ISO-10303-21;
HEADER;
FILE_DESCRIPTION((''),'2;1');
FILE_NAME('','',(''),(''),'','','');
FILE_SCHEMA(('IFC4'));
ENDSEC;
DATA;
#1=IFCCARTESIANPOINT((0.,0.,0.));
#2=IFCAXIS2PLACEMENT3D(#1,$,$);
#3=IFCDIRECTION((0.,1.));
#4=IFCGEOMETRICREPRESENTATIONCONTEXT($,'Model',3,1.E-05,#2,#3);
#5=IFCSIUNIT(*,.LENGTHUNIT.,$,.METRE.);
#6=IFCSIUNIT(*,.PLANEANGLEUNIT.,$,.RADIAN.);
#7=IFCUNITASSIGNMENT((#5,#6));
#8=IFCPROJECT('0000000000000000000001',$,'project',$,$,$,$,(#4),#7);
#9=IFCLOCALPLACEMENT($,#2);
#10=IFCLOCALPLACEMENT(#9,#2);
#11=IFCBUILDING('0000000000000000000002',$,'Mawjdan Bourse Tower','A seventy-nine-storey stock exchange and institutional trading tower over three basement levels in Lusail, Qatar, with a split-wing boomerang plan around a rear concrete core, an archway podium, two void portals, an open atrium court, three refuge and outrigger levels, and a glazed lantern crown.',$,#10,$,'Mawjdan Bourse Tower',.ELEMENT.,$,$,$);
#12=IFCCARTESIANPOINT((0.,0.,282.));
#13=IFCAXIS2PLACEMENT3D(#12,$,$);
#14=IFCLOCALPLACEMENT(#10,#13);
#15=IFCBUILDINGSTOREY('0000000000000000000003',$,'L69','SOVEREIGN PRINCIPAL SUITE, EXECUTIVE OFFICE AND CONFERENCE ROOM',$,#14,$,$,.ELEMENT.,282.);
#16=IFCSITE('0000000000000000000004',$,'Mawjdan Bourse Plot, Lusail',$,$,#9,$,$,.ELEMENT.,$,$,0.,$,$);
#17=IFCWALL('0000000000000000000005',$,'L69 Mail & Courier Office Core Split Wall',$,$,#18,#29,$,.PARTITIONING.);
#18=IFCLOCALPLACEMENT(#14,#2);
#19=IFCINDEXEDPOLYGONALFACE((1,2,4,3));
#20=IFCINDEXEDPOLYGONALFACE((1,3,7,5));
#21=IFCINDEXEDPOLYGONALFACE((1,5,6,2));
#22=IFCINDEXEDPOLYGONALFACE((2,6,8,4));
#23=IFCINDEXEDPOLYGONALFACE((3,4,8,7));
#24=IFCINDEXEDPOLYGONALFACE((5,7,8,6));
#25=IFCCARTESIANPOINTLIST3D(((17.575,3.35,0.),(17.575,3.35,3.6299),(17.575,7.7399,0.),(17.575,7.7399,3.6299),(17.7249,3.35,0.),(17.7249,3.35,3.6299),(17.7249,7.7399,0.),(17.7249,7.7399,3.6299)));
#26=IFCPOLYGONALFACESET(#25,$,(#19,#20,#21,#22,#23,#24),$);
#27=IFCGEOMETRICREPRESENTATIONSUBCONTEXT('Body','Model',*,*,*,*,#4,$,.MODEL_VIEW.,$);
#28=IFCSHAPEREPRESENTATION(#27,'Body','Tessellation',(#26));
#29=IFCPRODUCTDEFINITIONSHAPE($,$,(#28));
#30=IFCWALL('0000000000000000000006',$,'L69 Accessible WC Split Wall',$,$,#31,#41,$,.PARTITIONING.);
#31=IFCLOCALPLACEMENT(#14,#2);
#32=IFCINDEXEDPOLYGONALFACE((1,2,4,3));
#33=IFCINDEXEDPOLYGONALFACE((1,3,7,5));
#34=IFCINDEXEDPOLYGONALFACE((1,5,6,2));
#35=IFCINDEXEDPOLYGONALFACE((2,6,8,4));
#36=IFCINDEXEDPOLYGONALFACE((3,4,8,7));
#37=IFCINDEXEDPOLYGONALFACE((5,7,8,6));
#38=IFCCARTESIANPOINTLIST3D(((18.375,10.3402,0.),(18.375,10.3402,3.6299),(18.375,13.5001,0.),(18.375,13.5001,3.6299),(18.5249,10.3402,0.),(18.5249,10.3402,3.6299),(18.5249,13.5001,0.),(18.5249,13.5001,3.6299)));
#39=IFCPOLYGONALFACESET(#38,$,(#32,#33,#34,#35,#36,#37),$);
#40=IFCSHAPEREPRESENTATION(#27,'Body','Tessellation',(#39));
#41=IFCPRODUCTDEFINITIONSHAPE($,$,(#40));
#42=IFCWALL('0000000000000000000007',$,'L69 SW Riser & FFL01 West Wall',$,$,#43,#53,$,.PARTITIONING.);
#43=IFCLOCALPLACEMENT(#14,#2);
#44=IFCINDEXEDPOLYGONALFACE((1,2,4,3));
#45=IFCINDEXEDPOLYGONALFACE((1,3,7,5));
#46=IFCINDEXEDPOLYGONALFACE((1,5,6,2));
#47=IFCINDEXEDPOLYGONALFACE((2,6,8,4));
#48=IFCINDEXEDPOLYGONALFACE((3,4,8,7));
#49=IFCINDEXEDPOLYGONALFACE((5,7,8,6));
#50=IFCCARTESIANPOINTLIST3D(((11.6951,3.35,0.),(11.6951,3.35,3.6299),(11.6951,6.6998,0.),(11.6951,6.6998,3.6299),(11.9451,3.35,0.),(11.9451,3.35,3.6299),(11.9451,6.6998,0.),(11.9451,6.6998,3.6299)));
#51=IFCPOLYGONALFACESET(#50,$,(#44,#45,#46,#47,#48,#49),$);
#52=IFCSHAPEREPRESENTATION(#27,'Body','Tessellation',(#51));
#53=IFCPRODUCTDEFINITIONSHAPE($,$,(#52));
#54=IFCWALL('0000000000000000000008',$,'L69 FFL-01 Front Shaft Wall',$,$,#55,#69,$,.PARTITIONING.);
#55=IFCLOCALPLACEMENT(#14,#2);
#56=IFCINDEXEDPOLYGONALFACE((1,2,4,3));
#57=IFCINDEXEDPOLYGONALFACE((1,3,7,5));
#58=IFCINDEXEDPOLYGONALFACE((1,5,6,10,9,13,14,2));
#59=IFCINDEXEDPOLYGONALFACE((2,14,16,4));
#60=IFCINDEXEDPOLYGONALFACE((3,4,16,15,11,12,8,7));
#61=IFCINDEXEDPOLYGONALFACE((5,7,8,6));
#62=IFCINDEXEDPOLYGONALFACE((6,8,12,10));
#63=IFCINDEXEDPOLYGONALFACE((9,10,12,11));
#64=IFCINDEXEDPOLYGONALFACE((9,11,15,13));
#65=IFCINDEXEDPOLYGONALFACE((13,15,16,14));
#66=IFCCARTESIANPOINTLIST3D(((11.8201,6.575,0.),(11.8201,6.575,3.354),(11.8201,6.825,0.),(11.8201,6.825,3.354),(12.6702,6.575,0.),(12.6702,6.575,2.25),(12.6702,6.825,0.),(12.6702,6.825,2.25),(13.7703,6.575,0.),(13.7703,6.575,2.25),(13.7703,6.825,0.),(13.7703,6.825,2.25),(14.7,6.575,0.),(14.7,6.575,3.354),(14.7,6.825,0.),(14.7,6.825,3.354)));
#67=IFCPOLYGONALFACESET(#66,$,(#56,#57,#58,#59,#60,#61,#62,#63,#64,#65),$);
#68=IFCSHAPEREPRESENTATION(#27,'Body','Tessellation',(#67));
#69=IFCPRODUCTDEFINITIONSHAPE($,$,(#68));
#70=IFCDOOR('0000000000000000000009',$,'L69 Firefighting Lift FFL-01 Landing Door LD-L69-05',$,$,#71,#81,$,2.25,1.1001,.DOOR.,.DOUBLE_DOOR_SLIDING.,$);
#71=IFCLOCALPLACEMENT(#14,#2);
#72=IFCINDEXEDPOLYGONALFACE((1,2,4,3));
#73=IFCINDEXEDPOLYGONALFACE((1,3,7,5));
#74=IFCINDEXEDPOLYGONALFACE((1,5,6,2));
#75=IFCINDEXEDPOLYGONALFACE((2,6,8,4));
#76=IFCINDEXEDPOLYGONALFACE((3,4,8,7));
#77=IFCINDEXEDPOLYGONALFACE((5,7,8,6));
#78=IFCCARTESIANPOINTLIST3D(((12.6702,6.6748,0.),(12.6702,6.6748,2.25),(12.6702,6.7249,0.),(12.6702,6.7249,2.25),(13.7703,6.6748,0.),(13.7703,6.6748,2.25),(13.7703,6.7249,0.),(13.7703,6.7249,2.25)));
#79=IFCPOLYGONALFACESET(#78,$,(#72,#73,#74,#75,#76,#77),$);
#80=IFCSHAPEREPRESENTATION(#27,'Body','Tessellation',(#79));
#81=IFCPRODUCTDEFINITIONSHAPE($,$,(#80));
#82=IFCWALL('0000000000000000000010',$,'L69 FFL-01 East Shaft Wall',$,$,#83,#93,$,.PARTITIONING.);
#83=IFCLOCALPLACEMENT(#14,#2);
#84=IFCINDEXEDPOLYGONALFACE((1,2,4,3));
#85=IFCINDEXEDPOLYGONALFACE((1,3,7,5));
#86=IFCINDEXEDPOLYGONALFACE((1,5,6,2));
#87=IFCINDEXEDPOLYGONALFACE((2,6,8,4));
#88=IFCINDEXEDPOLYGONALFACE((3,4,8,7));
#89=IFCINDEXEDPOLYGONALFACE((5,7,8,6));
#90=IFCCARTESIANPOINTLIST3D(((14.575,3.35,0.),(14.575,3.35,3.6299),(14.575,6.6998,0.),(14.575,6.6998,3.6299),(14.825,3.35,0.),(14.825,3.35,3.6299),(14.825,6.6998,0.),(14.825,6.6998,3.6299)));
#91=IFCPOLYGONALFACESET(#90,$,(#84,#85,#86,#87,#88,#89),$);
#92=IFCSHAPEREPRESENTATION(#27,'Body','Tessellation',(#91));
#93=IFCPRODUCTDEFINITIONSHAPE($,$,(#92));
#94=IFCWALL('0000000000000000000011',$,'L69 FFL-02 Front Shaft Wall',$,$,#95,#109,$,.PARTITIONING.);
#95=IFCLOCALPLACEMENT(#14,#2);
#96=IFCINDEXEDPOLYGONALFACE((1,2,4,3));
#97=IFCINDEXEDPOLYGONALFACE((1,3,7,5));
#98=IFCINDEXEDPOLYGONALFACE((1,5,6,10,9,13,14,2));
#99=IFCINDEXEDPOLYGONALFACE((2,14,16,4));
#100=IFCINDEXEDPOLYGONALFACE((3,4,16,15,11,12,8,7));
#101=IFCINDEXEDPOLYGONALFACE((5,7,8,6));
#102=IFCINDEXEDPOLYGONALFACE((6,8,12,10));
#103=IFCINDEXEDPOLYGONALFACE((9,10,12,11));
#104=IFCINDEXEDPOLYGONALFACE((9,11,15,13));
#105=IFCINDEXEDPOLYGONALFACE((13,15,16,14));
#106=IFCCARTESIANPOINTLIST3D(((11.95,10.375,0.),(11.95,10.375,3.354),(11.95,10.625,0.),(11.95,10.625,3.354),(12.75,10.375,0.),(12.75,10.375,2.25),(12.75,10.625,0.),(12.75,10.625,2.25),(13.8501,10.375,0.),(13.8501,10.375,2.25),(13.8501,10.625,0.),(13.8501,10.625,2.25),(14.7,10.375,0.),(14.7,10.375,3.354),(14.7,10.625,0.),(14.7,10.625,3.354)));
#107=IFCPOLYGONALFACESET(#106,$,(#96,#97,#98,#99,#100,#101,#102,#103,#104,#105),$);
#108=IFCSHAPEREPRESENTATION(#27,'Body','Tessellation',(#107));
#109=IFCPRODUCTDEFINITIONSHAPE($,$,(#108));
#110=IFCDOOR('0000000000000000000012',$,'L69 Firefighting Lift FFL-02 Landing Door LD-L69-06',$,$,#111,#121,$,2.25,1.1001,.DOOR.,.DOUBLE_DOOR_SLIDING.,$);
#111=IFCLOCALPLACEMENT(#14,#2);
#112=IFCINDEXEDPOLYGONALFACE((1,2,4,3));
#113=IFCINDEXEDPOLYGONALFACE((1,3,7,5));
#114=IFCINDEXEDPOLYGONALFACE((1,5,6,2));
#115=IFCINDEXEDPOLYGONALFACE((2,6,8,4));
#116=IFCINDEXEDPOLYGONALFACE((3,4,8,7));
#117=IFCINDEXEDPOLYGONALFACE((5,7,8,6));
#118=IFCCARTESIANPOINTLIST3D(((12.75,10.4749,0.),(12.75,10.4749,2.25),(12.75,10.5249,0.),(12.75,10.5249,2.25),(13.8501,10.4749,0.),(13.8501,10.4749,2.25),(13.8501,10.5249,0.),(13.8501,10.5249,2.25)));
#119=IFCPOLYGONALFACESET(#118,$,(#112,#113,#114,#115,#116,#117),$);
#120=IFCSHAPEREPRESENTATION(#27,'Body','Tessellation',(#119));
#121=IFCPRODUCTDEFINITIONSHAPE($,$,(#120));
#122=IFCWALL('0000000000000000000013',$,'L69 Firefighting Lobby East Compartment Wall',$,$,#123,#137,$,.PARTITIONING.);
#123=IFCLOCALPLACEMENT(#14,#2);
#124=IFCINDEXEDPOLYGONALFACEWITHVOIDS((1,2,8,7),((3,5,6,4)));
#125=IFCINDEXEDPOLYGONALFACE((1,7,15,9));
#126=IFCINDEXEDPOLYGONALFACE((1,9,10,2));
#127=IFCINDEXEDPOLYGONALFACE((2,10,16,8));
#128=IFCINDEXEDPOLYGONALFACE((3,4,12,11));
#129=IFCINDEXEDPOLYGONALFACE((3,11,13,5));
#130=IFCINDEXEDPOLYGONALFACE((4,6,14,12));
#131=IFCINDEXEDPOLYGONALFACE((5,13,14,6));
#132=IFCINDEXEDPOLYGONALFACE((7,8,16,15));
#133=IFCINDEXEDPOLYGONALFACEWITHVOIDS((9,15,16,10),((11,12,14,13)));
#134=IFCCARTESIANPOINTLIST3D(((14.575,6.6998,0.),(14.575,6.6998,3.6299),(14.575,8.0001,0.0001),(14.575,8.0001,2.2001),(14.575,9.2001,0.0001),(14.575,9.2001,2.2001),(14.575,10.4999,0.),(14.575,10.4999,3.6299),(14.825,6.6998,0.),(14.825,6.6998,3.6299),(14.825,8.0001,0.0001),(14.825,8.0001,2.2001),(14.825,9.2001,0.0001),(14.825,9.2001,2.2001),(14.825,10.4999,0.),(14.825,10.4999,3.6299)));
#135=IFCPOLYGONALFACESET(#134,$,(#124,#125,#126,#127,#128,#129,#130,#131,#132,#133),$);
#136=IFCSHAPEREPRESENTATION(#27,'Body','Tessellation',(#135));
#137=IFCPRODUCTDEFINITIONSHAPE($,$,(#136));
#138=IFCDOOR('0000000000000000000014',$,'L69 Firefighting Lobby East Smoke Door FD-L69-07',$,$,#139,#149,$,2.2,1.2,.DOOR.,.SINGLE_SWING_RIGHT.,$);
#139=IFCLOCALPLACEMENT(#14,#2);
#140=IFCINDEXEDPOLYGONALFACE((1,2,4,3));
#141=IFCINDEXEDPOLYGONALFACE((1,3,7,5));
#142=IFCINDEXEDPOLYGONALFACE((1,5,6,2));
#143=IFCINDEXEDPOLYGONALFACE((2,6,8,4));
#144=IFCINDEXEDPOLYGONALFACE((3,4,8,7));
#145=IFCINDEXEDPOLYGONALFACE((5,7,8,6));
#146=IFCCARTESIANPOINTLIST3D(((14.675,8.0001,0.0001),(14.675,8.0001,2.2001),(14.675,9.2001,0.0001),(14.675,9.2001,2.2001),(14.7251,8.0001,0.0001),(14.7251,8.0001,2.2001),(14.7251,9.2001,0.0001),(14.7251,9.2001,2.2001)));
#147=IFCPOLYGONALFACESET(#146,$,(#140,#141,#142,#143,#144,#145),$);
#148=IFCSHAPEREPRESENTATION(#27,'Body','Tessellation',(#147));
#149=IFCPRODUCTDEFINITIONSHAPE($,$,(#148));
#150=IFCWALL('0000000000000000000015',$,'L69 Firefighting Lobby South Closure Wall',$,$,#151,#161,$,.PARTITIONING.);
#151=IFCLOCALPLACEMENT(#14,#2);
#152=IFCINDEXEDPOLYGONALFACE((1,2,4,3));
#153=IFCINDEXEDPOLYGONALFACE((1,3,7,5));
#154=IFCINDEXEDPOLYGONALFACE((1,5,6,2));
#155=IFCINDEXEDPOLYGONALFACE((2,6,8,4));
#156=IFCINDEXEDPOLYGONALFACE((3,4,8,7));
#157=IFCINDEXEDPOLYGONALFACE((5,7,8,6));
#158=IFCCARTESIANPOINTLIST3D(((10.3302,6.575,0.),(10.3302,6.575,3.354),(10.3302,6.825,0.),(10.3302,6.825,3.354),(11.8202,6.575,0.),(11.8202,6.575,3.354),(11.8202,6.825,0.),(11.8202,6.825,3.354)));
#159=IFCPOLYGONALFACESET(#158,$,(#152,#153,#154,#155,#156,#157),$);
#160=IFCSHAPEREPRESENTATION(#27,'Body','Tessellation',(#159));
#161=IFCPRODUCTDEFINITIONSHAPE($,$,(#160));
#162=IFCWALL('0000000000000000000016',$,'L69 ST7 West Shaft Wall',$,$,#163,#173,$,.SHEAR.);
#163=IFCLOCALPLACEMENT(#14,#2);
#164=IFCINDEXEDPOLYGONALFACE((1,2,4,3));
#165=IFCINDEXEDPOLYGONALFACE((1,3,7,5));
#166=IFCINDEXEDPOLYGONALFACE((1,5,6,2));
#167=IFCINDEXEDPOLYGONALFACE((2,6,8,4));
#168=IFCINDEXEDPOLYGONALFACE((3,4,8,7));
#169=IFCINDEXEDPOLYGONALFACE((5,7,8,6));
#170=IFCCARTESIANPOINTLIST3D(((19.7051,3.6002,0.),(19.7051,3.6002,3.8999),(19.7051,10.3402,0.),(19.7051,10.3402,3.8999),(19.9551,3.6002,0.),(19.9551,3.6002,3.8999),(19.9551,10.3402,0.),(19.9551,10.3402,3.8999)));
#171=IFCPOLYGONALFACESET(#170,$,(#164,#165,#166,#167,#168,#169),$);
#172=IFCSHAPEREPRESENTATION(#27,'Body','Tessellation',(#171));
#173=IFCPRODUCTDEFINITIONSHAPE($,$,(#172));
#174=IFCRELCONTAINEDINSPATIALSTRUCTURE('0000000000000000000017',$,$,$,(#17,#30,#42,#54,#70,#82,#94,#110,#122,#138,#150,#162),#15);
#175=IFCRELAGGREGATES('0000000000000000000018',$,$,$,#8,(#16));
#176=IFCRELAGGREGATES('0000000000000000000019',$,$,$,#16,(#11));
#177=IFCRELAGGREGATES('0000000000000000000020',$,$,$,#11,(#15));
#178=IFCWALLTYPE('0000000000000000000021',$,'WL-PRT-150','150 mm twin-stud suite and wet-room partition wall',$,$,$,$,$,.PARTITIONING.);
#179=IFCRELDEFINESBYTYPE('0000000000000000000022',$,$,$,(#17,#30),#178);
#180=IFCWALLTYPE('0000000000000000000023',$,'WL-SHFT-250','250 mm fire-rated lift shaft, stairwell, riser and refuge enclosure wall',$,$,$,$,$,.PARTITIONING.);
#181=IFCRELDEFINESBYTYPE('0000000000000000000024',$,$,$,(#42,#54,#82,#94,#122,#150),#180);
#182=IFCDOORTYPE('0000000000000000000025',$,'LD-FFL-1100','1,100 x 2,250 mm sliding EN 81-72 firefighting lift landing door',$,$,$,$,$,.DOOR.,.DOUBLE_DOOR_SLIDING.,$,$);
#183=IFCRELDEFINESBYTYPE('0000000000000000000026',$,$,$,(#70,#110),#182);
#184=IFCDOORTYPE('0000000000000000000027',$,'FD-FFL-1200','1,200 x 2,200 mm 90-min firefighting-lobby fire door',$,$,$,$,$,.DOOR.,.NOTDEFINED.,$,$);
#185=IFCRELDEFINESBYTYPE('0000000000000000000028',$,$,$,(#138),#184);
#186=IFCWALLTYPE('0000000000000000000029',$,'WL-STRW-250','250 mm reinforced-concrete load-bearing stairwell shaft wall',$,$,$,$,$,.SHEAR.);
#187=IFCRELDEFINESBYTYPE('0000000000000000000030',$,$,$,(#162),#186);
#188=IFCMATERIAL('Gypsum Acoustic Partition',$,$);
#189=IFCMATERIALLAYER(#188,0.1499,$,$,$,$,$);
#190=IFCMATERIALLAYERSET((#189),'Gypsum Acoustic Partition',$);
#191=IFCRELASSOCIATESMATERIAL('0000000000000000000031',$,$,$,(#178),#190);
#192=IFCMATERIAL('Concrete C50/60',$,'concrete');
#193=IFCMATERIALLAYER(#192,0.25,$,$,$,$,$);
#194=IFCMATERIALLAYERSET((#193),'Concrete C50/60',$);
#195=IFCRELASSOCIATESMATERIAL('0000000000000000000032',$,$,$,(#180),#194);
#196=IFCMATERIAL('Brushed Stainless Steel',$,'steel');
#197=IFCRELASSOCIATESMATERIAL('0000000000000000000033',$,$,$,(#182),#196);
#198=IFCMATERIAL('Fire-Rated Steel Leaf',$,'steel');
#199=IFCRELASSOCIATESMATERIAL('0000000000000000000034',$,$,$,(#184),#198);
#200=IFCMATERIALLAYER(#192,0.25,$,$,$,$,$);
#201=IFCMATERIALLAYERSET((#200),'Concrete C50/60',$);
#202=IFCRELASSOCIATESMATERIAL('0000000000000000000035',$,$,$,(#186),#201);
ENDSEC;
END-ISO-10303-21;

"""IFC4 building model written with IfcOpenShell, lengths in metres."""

from ifc_helpers import new_model, si_unit, direction, frame, frame_2d, origin, place, context, subcontext, project, spatial, rectangle, extrude, material, layer, layer_set, type_object, element, fill, save


model = new_model("IFC4")

# Units and contexts
model_context = context("Model", 3, precision=1e-05, world=origin(), true_north=direction((0.0, 1.0)))
body_context = subcontext(model_context, "Body", "Model", "MODEL_VIEW")
ifc_project = project(units=[si_unit("LENGTHUNIT", "METRE"), si_unit("PLANEANGLEUNIT", "RADIAN")], contexts=[model_context])

# Site, building, storey
site_placement = place(None, origin())
site = spatial("IfcSite", under=ifc_project, at=site_placement, Name="Mawjdan Bourse Plot, Lusail", CompositionType="ELEMENT", RefElevation=0.0)
building_placement = place(site_placement, origin())
building = spatial("IfcBuilding", under=site, at=building_placement, Name="Mawjdan Bourse Tower", Description="A seventy-nine-storey stock exchange and institutional trading tower over three basement levels in Lusail, Qatar, with a split-wing boomerang plan around a rear concrete core, an archway podium, two void portals, an open atrium court, three refuge and outrigger levels, and a glazed lantern crown.", LongName="Mawjdan Bourse Tower", CompositionType="ELEMENT")
storey_placement = place(building_placement, frame((0.0, 0.0, 282.0)))
storey = spatial("IfcBuildingStorey", under=building, at=storey_placement, Name="L69", Description="SOVEREIGN PRINCIPAL SUITE, EXECUTIVE OFFICE AND CONFERENCE ROOM", CompositionType="ELEMENT", Elevation=282.0)

# Walls
ifc_material_1 = material(Name="Gypsum Acoustic Partition")
ifc_layer_1 = layer(ifc_material_1, 0.1499)
ifc_layer_set_1 = layer_set([ifc_layer_1], Name="Gypsum Acoustic Partition")
wall_type_1 = type_object("IfcWallType", Name="WL-PRT-150", Description="150 mm twin-stud suite and wet-room partition wall", PredefinedType="PARTITIONING", material=ifc_layer_set_1)
wall_1_placement = place(storey_placement, frame((17.6499, 3.3501, 0.0), z_axis=(0.0, 0.0, 1.0), x_axis=(0.0, 1.0, 0.0)))
element("IfcWall", 1, at=wall_1_placement, inside=storey, type_object=wall_type_1, Name="L69 Mail & Courier Office Core Split Wall", PredefinedType="PARTITIONING", context=body_context, shape_type="SweptSolid", body=[
    extrude(rectangle(XDim=4.3899, YDim=0.1499, at=frame_2d((2.1948, 0.0))), origin(), (0.0, 0.0, 1.0), 3.6299),
])
wall_2_placement = place(storey_placement, frame((18.45, 10.3401, 0.0), z_axis=(0.0, 0.0, 1.0), x_axis=(0.0, 1.0, 0.0)))
element("IfcWall", 2, at=wall_2_placement, inside=storey, type_object=wall_type_1, Name="L69 Accessible WC Split Wall", PredefinedType="PARTITIONING", context=body_context, shape_type="SweptSolid", body=[
    extrude(rectangle(XDim=3.1599, YDim=0.1499, at=frame_2d((1.5801, 0.0))), origin(), (0.0, 0.0, 1.0), 3.6299),
])
ifc_material_2 = material(Name="Concrete C50/60", Category="concrete")
ifc_layer_2 = layer(ifc_material_2, 0.25)
ifc_layer_set_2 = layer_set([ifc_layer_2], Name="Concrete C50/60")
wall_type_2 = type_object("IfcWallType", Name="WL-SHFT-250", Description="250 mm fire-rated lift shaft, stairwell, riser and refuge enclosure wall", PredefinedType="PARTITIONING", material=ifc_layer_set_2)
wall_3_placement = place(storey_placement, frame((11.8201, 3.3501, 0.0), z_axis=(0.0, 0.0, 1.0), x_axis=(0.0, 1.0, 0.0)))
element("IfcWall", 3, at=wall_3_placement, inside=storey, type_object=wall_type_2, Name="L69 SW Riser & FFL01 West Wall", PredefinedType="PARTITIONING", context=body_context, shape_type="SweptSolid", body=[
    extrude(rectangle(XDim=3.3499, YDim=0.25, at=frame_2d((1.6748, 0.0))), origin(), (0.0, 0.0, 1.0), 3.6299),
])

# Wall, opening, door
wall_4_placement = place(storey_placement, frame((11.8201, 6.7, 0.0), z_axis=(0.0, 0.0, 1.0), x_axis=(1.0, 0.0, 0.0)))
wall_4 = element("IfcWall", 4, at=wall_4_placement, inside=storey, type_object=wall_type_2, Name="L69 FFL-01 Front Shaft Wall", PredefinedType="PARTITIONING", context=body_context, shape_type="SweptSolid", body=[
    extrude(rectangle(XDim=2.8799, YDim=0.25, at=frame_2d((1.4399, 0.0))), origin(), (0.0, 0.0, 1.0), 3.354),
])
opening_1_placement = place(wall_4_placement, frame((0.8501, 0.0, 0.0)))
opening_1 = element("IfcOpeningElement", 5, at=opening_1_placement, cuts=wall_4, PredefinedType="OPENING", context=body_context, shape_type="SweptSolid", body=[
    extrude(rectangle(XDim=1.1001, YDim=2.25, at=frame_2d((0.55, 1.125))), frame((0.0, 0.135, 0.0), z_axis=(0.0, -1.0, 0.0), x_axis=(1.0, 0.0, 0.0)), (0.0, 0.0, 1.0), 0.27),
])
ifc_material_3 = material(Name="Brushed Stainless Steel", Category="steel")
door_type_1 = type_object("IfcDoorType", Name="LD-FFL-1100", Description="1,100 x 2,250 mm sliding EN 81-72 firefighting lift landing door", OperationType="DOUBLE_DOOR_SLIDING", PredefinedType="DOOR", material=ifc_material_3)
door_1_placement = place(opening_1_placement, origin())
door_1 = element("IfcDoor", 6, at=door_1_placement, inside=storey, type_object=door_type_1, Name="L69 Firefighting Lift FFL-01 Landing Door LD-L69-05", OperationType="DOUBLE_DOOR_SLIDING", OverallHeight=2.25, OverallWidth=1.1001, PredefinedType="DOOR", context=body_context, shape_type="SweptSolid", body=[
    extrude(rectangle(XDim=1.1001, YDim=2.25, at=frame_2d((0.55, 1.125))), frame((0.0, 0.0249, 0.0), z_axis=(0.0, -1.0, 0.0), x_axis=(1.0, 0.0, 0.0)), (0.0, 0.0, 1.0), 0.05),
])
fill(opening_1, door_1)

# Wall
wall_5_placement = place(storey_placement, frame((14.7, 3.3501, 0.0), z_axis=(0.0, 0.0, 1.0), x_axis=(0.0, 1.0, 0.0)))
element("IfcWall", 7, at=wall_5_placement, inside=storey, type_object=wall_type_2, Name="L69 FFL-01 East Shaft Wall", PredefinedType="PARTITIONING", context=body_context, shape_type="SweptSolid", body=[
    extrude(rectangle(XDim=3.3499, YDim=0.25, at=frame_2d((1.6748, 0.0))), origin(), (0.0, 0.0, 1.0), 3.6299),
])

# Walls, openings, doors
wall_6_placement = place(storey_placement, frame((11.95, 10.5, 0.0), z_axis=(0.0, 0.0, 1.0), x_axis=(1.0, 0.0, 0.0)))
wall_6 = element("IfcWall", 8, at=wall_6_placement, inside=storey, type_object=wall_type_2, Name="L69 FFL-02 Front Shaft Wall", PredefinedType="PARTITIONING", context=body_context, shape_type="SweptSolid", body=[
    extrude(rectangle(XDim=2.75, YDim=0.25, at=frame_2d((1.375, 0.0))), origin(), (0.0, 0.0, 1.0), 3.354),
])
opening_2_placement = place(wall_6_placement, frame((0.8, 0.0, 0.0)))
opening_2 = element("IfcOpeningElement", 9, at=opening_2_placement, cuts=wall_6, PredefinedType="OPENING", context=body_context, shape_type="SweptSolid", body=[
    extrude(rectangle(XDim=1.1001, YDim=2.25, at=frame_2d((0.55, 1.125))), frame((0.0, 0.135, 0.0), z_axis=(0.0, -1.0, 0.0), x_axis=(1.0, 0.0, 0.0)), (0.0, 0.0, 1.0), 0.27),
])
door_2_placement = place(opening_2_placement, origin())
door_2 = element("IfcDoor", 10, at=door_2_placement, inside=storey, type_object=door_type_1, Name="L69 Firefighting Lift FFL-02 Landing Door LD-L69-06", OperationType="DOUBLE_DOOR_SLIDING", OverallHeight=2.25, OverallWidth=1.1001, PredefinedType="DOOR", context=body_context, shape_type="SweptSolid", body=[
    extrude(rectangle(XDim=1.1001, YDim=2.25, at=frame_2d((0.55, 1.125))), frame((0.0, 0.0249, 0.0), z_axis=(0.0, -1.0, 0.0), x_axis=(1.0, 0.0, 0.0)), (0.0, 0.0, 1.0), 0.05),
])
fill(opening_2, door_2)
wall_7_placement = place(storey_placement, frame((14.7, 6.7, 0.0), z_axis=(0.0, 0.0, 1.0), x_axis=(0.0, 1.0, 0.0)))
wall_7 = element("IfcWall", 11, at=wall_7_placement, inside=storey, type_object=wall_type_2, Name="L69 Firefighting Lobby East Compartment Wall", PredefinedType="PARTITIONING", context=body_context, shape_type="SweptSolid", body=[
    extrude(rectangle(XDim=3.8, YDim=0.25, at=frame_2d((1.8999, 0.0))), origin(), (0.0, 0.0, 1.0), 3.6299),
])
opening_3_placement = place(wall_7_placement, frame((1.3, 0.0, 0.0)))
opening_3 = element("IfcOpeningElement", 12, at=opening_3_placement, cuts=wall_7, PredefinedType="OPENING", context=body_context, shape_type="SweptSolid", body=[
    extrude(rectangle(XDim=1.2, YDim=2.2, at=frame_2d((0.6001, 1.1001))), frame((0.0, 0.135, 0.0), z_axis=(0.0, -1.0, 0.0), x_axis=(1.0, 0.0, 0.0)), (0.0, 0.0, 1.0), 0.27),
])
ifc_material_4 = material(Name="Fire-Rated Steel Leaf", Category="steel")
door_type_2 = type_object("IfcDoorType", Name="FD-FFL-1200", Description="1,200 x 2,200 mm 90-min firefighting-lobby fire door", OperationType="NOTDEFINED", PredefinedType="DOOR", material=ifc_material_4)
door_3_placement = place(opening_3_placement, origin())
door_3 = element("IfcDoor", 13, at=door_3_placement, inside=storey, type_object=door_type_2, Name="L69 Firefighting Lobby East Smoke Door FD-L69-07", OperationType="SINGLE_SWING_RIGHT", OverallHeight=2.2, OverallWidth=1.2, PredefinedType="DOOR", context=body_context, shape_type="SweptSolid", body=[
    extrude(rectangle(XDim=1.2, YDim=2.2, at=frame_2d((0.6001, 1.1001))), frame((0.0, 0.0249, 0.0), z_axis=(0.0, -1.0, 0.0), x_axis=(1.0, 0.0, 0.0)), (0.0, 0.0, 1.0), 0.05),
])
fill(opening_3, door_3)

# Walls
wall_8_placement = place(storey_placement, frame((10.3301, 6.7, 0.0), z_axis=(0.0, 0.0, 1.0), x_axis=(1.0, 0.0, 0.0)))
element("IfcWall", 14, at=wall_8_placement, inside=storey, type_object=wall_type_2, Name="L69 Firefighting Lobby South Closure Wall", PredefinedType="PARTITIONING", context=body_context, shape_type="SweptSolid", body=[
    extrude(rectangle(XDim=1.49, YDim=0.25, at=frame_2d((0.7451, 0.0))), origin(), (0.0, 0.0, 1.0), 3.354),
])
ifc_layer_3 = layer(ifc_material_2, 0.25)
ifc_layer_set_3 = layer_set([ifc_layer_3], Name="Concrete C50/60")
wall_type_3 = type_object("IfcWallType", Name="WL-STRW-250", Description="250 mm reinforced-concrete load-bearing stairwell shaft wall", PredefinedType="SHEAR", material=ifc_layer_set_3)
wall_9_placement = place(storey_placement, frame((19.8301, 3.6001, 0.0), z_axis=(0.0, 0.0, 1.0), x_axis=(0.0, 1.0, 0.0)))
element("IfcWall", 15, at=wall_9_placement, inside=storey, type_object=wall_type_3, Name="L69 ST7 West Shaft Wall", PredefinedType="SHEAR", context=body_context, shape_type="SweptSolid", body=[
    extrude(rectangle(XDim=6.74, YDim=0.25, at=frame_2d((3.3701, 0.0))), origin(), (0.0, 0.0, 1.0), 3.8999),
])

save(model, "model.ifc")
